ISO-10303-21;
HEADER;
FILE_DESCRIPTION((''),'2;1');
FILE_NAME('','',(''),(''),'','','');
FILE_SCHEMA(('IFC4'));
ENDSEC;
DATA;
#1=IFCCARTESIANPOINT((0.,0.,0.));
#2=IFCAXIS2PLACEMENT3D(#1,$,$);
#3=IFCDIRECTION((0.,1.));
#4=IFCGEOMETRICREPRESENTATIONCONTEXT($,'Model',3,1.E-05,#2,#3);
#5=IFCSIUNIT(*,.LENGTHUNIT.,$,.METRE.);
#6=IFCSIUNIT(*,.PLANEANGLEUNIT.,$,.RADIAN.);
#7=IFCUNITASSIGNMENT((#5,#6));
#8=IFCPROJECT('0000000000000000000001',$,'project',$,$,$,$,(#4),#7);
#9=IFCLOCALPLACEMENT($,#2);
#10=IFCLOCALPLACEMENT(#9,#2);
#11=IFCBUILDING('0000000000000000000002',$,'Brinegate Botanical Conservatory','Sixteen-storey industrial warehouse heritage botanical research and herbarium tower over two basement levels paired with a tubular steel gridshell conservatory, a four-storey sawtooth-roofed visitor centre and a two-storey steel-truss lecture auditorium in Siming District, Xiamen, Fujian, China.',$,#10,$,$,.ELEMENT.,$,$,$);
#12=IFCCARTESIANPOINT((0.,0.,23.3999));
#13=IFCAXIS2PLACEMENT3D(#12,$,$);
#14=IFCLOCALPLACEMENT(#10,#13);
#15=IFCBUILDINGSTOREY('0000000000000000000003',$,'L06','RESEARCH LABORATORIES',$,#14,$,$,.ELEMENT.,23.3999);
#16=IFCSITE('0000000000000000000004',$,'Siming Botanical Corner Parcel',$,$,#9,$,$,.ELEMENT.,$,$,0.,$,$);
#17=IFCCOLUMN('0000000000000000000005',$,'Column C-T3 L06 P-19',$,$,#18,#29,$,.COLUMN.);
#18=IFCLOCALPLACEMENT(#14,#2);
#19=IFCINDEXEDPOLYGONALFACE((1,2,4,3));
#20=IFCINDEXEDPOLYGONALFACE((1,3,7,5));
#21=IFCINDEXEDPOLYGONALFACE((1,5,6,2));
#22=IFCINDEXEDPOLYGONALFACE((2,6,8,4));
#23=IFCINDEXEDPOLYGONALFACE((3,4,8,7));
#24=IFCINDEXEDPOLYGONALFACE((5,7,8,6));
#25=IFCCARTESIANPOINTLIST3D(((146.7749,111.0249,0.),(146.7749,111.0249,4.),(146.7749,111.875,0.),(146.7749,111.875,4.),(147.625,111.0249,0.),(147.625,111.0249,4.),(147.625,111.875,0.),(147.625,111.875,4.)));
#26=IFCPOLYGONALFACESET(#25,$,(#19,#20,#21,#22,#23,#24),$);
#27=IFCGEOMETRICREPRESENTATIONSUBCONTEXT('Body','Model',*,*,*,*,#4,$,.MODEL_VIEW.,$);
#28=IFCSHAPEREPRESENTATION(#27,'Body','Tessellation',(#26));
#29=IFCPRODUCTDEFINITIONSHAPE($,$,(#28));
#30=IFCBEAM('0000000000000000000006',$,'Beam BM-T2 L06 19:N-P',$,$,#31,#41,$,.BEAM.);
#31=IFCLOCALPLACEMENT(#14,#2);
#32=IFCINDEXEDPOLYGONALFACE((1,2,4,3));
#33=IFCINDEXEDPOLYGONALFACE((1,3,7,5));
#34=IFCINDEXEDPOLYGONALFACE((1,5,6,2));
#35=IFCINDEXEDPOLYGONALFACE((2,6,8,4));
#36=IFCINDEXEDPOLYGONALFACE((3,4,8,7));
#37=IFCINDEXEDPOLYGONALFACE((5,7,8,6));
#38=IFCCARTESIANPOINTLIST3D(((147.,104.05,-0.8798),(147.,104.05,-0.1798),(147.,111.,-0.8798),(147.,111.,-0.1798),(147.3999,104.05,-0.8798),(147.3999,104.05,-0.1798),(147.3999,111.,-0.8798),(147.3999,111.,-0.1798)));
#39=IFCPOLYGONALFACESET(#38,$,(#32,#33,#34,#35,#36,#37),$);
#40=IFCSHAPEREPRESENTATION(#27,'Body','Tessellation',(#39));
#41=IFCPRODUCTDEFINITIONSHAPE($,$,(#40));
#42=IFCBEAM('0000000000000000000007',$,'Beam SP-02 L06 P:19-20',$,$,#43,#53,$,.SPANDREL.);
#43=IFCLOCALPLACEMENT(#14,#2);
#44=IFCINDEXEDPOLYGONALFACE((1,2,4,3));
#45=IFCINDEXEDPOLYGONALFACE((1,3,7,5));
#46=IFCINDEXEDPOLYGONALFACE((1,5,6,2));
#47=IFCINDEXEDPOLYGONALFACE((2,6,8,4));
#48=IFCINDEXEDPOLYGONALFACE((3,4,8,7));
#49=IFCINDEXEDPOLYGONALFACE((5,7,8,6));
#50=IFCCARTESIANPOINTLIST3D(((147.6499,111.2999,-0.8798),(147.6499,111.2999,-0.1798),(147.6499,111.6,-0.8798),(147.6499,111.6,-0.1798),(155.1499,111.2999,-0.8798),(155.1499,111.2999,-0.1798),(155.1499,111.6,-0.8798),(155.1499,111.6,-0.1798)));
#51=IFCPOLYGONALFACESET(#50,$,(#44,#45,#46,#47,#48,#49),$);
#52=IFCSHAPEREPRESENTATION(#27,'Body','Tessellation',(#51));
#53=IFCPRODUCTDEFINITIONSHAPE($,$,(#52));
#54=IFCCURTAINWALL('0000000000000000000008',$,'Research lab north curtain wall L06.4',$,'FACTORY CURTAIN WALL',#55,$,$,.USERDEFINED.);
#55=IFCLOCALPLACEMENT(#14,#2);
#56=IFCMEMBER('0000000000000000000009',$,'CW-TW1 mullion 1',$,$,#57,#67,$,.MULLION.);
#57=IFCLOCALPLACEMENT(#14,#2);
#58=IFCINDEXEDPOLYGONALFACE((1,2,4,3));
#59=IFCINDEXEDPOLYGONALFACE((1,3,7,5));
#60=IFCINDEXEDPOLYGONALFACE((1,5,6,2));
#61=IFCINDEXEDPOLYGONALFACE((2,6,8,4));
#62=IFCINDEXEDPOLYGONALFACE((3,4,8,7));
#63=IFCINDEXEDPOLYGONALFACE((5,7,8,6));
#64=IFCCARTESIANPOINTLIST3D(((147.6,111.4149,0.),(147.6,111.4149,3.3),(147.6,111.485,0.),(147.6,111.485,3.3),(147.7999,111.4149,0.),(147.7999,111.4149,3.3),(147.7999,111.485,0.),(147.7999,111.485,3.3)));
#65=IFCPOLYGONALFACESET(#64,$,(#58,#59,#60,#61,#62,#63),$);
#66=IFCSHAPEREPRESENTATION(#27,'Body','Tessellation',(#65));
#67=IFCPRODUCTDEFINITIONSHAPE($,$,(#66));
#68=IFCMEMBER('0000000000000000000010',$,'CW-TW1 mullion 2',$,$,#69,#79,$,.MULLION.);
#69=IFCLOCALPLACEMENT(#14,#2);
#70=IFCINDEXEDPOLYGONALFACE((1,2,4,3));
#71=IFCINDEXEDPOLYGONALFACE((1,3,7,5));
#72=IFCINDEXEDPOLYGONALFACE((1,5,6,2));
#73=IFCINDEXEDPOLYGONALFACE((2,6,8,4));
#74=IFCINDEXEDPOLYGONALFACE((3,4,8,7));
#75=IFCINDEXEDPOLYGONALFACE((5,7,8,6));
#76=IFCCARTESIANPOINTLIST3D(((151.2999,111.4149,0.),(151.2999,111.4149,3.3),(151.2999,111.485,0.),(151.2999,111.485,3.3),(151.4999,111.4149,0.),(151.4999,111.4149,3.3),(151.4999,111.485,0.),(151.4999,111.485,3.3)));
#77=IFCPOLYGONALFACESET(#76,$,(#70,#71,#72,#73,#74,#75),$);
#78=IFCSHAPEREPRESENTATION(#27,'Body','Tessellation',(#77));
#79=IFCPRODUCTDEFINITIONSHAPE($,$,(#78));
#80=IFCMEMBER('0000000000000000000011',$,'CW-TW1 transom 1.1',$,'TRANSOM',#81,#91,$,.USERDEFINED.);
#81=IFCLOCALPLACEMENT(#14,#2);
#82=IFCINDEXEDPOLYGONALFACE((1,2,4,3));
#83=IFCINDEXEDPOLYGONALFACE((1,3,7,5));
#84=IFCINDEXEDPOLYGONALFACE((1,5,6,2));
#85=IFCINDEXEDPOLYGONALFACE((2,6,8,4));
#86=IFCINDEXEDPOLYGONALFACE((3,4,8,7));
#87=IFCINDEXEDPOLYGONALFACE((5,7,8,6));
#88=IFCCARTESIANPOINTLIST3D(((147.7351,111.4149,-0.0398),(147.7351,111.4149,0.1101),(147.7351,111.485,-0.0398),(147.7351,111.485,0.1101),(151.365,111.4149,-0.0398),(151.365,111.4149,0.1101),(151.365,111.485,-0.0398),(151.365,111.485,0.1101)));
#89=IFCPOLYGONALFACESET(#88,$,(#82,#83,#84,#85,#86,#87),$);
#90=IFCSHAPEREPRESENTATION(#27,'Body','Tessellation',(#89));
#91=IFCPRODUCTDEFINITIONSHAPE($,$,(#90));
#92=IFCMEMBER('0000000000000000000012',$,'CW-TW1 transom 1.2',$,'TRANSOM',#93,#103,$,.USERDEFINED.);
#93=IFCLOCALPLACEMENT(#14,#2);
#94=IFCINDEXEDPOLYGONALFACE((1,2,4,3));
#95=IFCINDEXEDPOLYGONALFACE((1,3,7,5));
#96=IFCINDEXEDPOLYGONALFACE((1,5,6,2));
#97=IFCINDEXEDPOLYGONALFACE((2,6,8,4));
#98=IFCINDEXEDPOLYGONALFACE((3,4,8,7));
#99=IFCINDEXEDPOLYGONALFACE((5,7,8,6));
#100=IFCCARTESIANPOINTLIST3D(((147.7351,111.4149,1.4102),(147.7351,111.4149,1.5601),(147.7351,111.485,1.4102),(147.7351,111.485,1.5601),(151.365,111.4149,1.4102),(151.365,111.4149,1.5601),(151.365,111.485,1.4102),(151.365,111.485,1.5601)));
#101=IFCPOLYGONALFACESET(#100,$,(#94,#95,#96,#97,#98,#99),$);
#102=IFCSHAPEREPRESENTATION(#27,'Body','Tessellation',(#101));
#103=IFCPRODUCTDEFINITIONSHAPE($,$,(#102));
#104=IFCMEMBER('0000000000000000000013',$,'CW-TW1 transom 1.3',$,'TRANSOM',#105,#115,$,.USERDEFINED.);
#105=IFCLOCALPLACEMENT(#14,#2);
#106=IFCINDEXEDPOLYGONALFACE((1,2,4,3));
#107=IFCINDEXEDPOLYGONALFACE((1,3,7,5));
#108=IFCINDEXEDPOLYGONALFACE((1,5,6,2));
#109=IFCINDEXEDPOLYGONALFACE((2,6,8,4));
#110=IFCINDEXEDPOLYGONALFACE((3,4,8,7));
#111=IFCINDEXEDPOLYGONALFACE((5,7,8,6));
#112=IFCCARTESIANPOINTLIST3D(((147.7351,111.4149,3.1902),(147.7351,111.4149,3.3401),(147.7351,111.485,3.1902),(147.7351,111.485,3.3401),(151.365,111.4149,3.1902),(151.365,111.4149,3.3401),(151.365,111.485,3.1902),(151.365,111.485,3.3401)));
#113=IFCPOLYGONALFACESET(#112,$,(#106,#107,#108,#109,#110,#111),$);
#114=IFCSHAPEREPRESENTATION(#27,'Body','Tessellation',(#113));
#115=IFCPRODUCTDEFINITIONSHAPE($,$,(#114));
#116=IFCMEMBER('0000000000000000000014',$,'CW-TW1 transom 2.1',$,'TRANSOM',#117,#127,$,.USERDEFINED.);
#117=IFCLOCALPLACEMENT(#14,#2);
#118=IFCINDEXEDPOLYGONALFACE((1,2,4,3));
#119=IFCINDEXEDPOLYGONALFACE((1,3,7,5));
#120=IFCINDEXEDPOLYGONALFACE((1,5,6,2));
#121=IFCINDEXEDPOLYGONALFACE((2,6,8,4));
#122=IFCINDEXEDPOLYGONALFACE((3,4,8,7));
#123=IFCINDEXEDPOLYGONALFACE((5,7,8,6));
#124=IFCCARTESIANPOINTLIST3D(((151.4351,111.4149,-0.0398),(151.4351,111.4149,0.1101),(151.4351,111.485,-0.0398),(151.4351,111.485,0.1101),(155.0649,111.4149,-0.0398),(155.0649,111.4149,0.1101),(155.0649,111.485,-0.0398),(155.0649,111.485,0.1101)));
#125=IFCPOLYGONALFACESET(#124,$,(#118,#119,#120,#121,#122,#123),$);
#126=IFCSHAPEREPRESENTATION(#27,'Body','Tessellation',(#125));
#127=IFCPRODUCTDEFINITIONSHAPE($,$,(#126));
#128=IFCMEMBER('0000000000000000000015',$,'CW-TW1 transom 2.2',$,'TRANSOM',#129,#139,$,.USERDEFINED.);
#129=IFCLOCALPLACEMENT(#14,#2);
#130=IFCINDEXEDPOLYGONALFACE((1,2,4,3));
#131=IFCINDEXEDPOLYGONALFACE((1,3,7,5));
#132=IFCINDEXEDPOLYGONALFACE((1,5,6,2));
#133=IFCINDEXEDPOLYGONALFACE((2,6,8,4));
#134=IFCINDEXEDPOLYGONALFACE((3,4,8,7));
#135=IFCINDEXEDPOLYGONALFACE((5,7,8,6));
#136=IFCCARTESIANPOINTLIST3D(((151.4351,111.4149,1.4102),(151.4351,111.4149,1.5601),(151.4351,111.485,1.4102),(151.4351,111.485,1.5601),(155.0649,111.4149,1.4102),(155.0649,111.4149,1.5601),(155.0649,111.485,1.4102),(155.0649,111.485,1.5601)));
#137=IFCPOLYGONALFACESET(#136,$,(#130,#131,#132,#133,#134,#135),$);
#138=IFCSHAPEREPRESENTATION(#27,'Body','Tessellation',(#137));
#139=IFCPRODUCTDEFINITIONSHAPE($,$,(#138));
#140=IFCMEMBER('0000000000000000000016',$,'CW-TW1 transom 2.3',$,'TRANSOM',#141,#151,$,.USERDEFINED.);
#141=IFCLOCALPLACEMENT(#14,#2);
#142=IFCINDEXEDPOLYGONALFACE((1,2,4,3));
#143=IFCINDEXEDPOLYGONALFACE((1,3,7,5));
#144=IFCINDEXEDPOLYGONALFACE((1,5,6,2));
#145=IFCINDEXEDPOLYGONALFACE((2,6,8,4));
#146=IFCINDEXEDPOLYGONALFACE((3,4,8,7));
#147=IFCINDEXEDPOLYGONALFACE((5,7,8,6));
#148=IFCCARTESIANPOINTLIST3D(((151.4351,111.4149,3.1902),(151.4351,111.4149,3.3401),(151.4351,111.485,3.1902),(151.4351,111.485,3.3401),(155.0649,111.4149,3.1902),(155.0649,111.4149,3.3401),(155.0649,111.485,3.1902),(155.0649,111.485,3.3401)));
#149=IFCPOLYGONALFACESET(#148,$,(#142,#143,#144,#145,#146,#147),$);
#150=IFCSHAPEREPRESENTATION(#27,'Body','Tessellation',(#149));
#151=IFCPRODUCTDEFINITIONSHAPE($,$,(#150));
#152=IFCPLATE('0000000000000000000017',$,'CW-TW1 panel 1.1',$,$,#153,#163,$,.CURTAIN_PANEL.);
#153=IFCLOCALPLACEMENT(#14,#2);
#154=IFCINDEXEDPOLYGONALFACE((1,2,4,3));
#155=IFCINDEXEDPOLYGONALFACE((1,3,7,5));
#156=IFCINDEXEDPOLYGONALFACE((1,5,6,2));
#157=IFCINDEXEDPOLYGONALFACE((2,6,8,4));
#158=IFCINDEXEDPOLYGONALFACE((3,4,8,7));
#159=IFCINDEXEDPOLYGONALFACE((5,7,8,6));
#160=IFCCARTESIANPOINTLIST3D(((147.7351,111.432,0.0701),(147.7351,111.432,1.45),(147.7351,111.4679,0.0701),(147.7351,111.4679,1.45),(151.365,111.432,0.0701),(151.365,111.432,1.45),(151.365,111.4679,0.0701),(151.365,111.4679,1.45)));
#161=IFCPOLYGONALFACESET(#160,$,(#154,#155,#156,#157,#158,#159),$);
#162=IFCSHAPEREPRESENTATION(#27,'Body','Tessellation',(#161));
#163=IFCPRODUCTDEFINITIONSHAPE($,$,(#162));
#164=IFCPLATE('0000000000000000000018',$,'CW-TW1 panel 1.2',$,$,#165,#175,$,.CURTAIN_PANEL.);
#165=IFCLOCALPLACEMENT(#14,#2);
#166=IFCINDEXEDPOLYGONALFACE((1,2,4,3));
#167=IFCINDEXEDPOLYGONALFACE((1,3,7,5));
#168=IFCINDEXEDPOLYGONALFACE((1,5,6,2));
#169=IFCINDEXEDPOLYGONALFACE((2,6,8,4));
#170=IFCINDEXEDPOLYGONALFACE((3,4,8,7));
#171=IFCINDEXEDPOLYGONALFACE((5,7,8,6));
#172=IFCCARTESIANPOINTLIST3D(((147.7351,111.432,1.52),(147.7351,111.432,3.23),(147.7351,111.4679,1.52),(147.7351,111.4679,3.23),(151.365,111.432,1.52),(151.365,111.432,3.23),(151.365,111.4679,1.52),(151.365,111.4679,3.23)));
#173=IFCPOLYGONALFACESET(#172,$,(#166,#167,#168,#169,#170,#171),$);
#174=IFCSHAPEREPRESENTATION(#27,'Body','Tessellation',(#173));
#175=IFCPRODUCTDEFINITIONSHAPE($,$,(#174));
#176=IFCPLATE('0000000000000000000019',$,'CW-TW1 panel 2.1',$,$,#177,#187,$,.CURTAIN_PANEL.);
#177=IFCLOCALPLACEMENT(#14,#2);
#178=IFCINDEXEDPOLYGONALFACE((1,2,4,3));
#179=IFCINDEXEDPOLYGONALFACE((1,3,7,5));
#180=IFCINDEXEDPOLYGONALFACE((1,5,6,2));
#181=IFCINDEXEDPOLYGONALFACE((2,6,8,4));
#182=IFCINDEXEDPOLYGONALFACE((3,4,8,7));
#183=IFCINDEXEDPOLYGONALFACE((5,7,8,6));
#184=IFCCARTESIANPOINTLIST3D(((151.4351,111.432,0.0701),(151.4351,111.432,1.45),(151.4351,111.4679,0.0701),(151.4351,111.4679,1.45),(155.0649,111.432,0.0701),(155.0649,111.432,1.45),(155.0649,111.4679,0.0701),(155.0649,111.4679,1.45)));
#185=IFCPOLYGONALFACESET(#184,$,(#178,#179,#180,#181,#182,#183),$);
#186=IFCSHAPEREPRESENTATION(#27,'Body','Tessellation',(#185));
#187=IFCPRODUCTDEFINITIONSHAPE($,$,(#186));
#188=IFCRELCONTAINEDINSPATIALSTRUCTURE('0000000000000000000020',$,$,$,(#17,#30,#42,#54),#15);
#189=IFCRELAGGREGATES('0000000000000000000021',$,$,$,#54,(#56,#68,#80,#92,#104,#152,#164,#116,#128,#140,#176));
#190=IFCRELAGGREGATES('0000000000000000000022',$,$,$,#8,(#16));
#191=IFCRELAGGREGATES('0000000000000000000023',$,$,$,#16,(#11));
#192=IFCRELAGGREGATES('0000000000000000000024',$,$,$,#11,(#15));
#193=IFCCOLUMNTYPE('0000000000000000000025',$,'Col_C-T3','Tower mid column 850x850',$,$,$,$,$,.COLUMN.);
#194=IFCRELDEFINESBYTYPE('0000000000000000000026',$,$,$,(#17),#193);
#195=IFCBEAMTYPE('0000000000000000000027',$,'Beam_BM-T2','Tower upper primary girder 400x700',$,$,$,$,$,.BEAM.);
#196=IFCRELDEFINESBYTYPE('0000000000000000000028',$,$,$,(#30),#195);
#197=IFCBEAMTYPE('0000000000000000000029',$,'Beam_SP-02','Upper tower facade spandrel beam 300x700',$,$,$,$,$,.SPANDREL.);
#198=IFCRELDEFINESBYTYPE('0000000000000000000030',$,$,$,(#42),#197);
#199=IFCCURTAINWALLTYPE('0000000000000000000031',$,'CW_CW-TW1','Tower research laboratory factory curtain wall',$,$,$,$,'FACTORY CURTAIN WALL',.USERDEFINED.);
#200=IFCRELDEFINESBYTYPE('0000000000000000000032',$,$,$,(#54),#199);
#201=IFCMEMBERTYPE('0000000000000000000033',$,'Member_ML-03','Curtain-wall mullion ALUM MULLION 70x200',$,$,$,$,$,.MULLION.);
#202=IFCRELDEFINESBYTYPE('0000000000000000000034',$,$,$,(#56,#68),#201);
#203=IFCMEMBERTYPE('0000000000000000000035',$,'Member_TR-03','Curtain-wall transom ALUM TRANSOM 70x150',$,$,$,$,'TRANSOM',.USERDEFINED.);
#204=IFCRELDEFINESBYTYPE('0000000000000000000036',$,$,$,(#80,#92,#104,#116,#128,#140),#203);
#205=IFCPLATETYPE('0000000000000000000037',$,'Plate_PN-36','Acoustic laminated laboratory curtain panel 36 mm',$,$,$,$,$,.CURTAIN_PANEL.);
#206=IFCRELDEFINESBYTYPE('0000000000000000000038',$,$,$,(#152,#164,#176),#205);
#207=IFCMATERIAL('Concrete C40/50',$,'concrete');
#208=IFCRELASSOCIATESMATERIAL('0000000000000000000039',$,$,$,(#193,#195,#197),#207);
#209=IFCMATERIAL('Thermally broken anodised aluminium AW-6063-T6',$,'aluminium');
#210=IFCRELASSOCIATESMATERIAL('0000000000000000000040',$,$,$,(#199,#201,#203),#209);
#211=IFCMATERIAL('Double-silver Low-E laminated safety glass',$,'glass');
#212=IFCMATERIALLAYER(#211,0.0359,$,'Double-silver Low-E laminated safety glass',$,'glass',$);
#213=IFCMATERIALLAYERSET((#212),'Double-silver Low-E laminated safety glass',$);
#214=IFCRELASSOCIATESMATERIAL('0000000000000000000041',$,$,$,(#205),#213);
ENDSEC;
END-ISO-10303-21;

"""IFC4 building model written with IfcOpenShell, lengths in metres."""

from ifc_helpers import new_model, si_unit, direction, frame, origin, origin_2d, place, context, subcontext, project, spatial, rectangle, extrude, material, layer, layer_set, material_profile, profile_set, type_object, element, aggregate, save


model = new_model("IFC4")

# Units and contexts
model_context = context("Model", 3, precision=1e-05, world=origin(), true_north=direction((0.0, 1.0)))
body_context = subcontext(model_context, "Body", "Model", "MODEL_VIEW")
ifc_project = project(units=[si_unit("LENGTHUNIT", "METRE"), si_unit("PLANEANGLEUNIT", "RADIAN")], contexts=[model_context])

# Site, building, storey
site_placement = place(None, origin())
site = spatial("IfcSite", under=ifc_project, at=site_placement, Name="Siming Botanical Corner Parcel", CompositionType="ELEMENT", RefElevation=0.0)
building_placement = place(site_placement, origin())
building = spatial("IfcBuilding", under=site, at=building_placement, Name="Brinegate Botanical Conservatory", Description="Sixteen-storey industrial warehouse heritage botanical research and herbarium tower over two basement levels paired with a tubular steel gridshell conservatory, a four-storey sawtooth-roofed visitor centre and a two-storey steel-truss lecture auditorium in Siming District, Xiamen, Fujian, China.", CompositionType="ELEMENT")
storey_placement = place(building_placement, frame((0.0, 0.0, 23.3999)))
storey = spatial("IfcBuildingStorey", under=building, at=storey_placement, Name="L06", Description="RESEARCH LABORATORIES", CompositionType="ELEMENT", Elevation=23.3999)

# Column
ifc_material_1 = material(Name="Concrete C40/50", Category="concrete")
ifc_material_profile_1 = material_profile(ifc_material_1, rectangle(XDim=0.8501, YDim=0.8501, at=origin_2d()), Name="RC COL 850x850")
ifc_profile_set_1 = profile_set([ifc_material_profile_1], Name="Concrete C40/50")
column_type = type_object("IfcColumnType", Name="Col_C-T3", Description="Tower mid column 850x850", PredefinedType="COLUMN", material=ifc_profile_set_1)
column_placement = place(storey_placement, frame((147.2, 111.45, 0.0), z_axis=(0.0, 0.0, 1.0), x_axis=(1.0, 0.0, 0.0)))
element("IfcColumn", 1, at=column_placement, inside=storey, type_object=column_type, Name="Column C-T3 L06 P-19", PredefinedType="COLUMN", context=body_context, shape_type="SweptSolid", body=[
    extrude(rectangle(XDim=0.8501, YDim=0.8501, at=origin_2d()), origin(), (0.0, 0.0, 1.0), 4.0),
])

# Beams
ifc_material_profile_2 = material_profile(ifc_material_1, rectangle(XDim=0.3999, YDim=0.7, at=origin_2d()), Name="RC BM 400x700")
ifc_profile_set_2 = profile_set([ifc_material_profile_2], Name="Concrete C40/50")
beam_type_1 = type_object("IfcBeamType", Name="Beam_BM-T2", Description="Tower upper primary girder 400x700", PredefinedType="BEAM", material=ifc_profile_set_2)
beam_1_placement = place(storey_placement, frame((147.2, 104.05, -0.5298), z_axis=(0.0, 1.0, 0.0), x_axis=(-1.0, 0.0, 0.0)))
element("IfcBeam", 2, at=beam_1_placement, inside=storey, type_object=beam_type_1, Name="Beam BM-T2 L06 19:N-P", PredefinedType="BEAM", context=body_context, shape_type="SweptSolid", body=[
    extrude(rectangle(XDim=0.3999, YDim=0.7, at=origin_2d()), origin(), (0.0, 0.0, 1.0), 6.95),
])
ifc_material_profile_3 = material_profile(ifc_material_1, rectangle(XDim=0.3, YDim=0.7, at=origin_2d()), Name="RC SPN 300x700")
ifc_profile_set_3 = profile_set([ifc_material_profile_3], Name="Concrete C40/50")
beam_type_2 = type_object("IfcBeamType", Name="Beam_SP-02", Description="Upper tower facade spandrel beam 300x700", PredefinedType="SPANDREL", material=ifc_profile_set_3)
beam_2_placement = place(storey_placement, frame((147.6499, 111.45, -0.5298), z_axis=(1.0, 0.0, 0.0), x_axis=(0.0, 1.0, 0.0)))
element("IfcBeam", 3, at=beam_2_placement, inside=storey, type_object=beam_type_2, Name="Beam SP-02 L06 P:19-20", PredefinedType="SPANDREL", context=body_context, shape_type="SweptSolid", body=[
    extrude(rectangle(XDim=0.3, YDim=0.7, at=origin_2d()), origin(), (0.0, 0.0, 1.0), 7.5),
])

# Curtain wall, members, plates
ifc_material_2 = material(Name="Thermally broken anodised aluminium AW-6063-T6", Category="aluminium")
curtain_wall_type = type_object("IfcCurtainWallType", Name="CW_CW-TW1", Description="Tower research laboratory factory curtain wall", ElementType="FACTORY CURTAIN WALL", PredefinedType="USERDEFINED", material=ifc_material_2)
curtain_wall_placement = place(storey_placement, origin())
curtain_wall = element("IfcCurtainWall", 4, at=curtain_wall_placement, inside=storey, type_object=curtain_wall_type, Name="Research lab north curtain wall L06.4", ObjectType="FACTORY CURTAIN WALL", PredefinedType="USERDEFINED")
ifc_material_profile_4 = material_profile(ifc_material_2, rectangle(XDim=0.0701, YDim=0.2, at=origin_2d()), Name="ALUM MULLION 70x200")
ifc_profile_set_4 = profile_set([ifc_material_profile_4], Name="Thermally broken anodised aluminium AW-6063-T6")
member_type_1 = type_object("IfcMemberType", Name="Member_ML-03", Description="Curtain-wall mullion ALUM MULLION 70x200", PredefinedType="MULLION", material=ifc_profile_set_4)
member_1_placement = place(storey_placement, frame((147.7, 111.45, 0.0), z_axis=(0.0, 0.0, 1.0), x_axis=(0.0, 1.0, 0.0)))
member_1 = element("IfcMember", 5, at=member_1_placement, type_object=member_type_1, Name="CW-TW1 mullion 1", PredefinedType="MULLION", context=body_context, shape_type="SweptSolid", body=[
    extrude(rectangle(XDim=0.0701, YDim=0.2, at=origin_2d()), origin(), (0.0, 0.0, 1.0), 3.3),
])
member_2_placement = place(storey_placement, frame((151.3999, 111.45, 0.0), z_axis=(0.0, 0.0, 1.0), x_axis=(0.0, 1.0, 0.0)))
member_2 = element("IfcMember", 6, at=member_2_placement, type_object=member_type_1, Name="CW-TW1 mullion 2", PredefinedType="MULLION", context=body_context, shape_type="SweptSolid", body=[
    extrude(rectangle(XDim=0.0701, YDim=0.2, at=origin_2d()), origin(), (0.0, 0.0, 1.0), 3.3),
])
ifc_material_profile_5 = material_profile(ifc_material_2, rectangle(XDim=0.0701, YDim=0.1499, at=origin_2d()), Name="ALUM TRANSOM 70x150")
ifc_profile_set_5 = profile_set([ifc_material_profile_5], Name="Thermally broken anodised aluminium AW-6063-T6")
member_type_2 = type_object("IfcMemberType", Name="Member_TR-03", Description="Curtain-wall transom ALUM TRANSOM 70x150", ElementType="TRANSOM", PredefinedType="USERDEFINED", material=ifc_profile_set_5)
member_3_placement = place(storey_placement, frame((147.7351, 111.45, 0.0352), z_axis=(1.0, 0.0, 0.0), x_axis=(0.0, 1.0, 0.0)))
member_3 = element("IfcMember", 7, at=member_3_placement, type_object=member_type_2, Name="CW-TW1 transom 1.1", ObjectType="TRANSOM", PredefinedType="USERDEFINED", context=body_context, shape_type="SweptSolid", body=[
    extrude(rectangle(XDim=0.0701, YDim=0.1499, at=origin_2d()), origin(), (0.0, 0.0, 1.0), 3.6299),
])
member_4_placement = place(storey_placement, frame((147.7351, 111.45, 1.4851), z_axis=(1.0, 0.0, 0.0), x_axis=(0.0, 1.0, 0.0)))
member_4 = element("IfcMember", 8, at=member_4_placement, type_object=member_type_2, Name="CW-TW1 transom 1.2", ObjectType="TRANSOM", PredefinedType="USERDEFINED", context=body_context, shape_type="SweptSolid", body=[
    extrude(rectangle(XDim=0.0701, YDim=0.1499, at=origin_2d()), origin(), (0.0, 0.0, 1.0), 3.6299),
])
member_5_placement = place(storey_placement, frame((147.7351, 111.45, 3.2651), z_axis=(1.0, 0.0, 0.0), x_axis=(0.0, 1.0, 0.0)))
member_5 = element("IfcMember", 9, at=member_5_placement, type_object=member_type_2, Name="CW-TW1 transom 1.3", ObjectType="TRANSOM", PredefinedType="USERDEFINED", context=body_context, shape_type="SweptSolid", body=[
    extrude(rectangle(XDim=0.0701, YDim=0.1499, at=origin_2d()), origin(), (0.0, 0.0, 1.0), 3.6299),
])
member_6_placement = place(storey_placement, frame((151.4351, 111.45, 0.0352), z_axis=(1.0, 0.0, 0.0), x_axis=(0.0, 1.0, 0.0)))
member_6 = element("IfcMember", 10, at=member_6_placement, type_object=member_type_2, Name="CW-TW1 transom 2.1", ObjectType="TRANSOM", PredefinedType="USERDEFINED", context=body_context, shape_type="SweptSolid", body=[
    extrude(rectangle(XDim=0.0701, YDim=0.1499, at=origin_2d()), origin(), (0.0, 0.0, 1.0), 3.6299),
])
member_7_placement = place(storey_placement, frame((151.4351, 111.45, 1.4851), z_axis=(1.0, 0.0, 0.0), x_axis=(0.0, 1.0, 0.0)))
member_7 = element("IfcMember", 11, at=member_7_placement, type_object=member_type_2, Name="CW-TW1 transom 2.2", ObjectType="TRANSOM", PredefinedType="USERDEFINED", context=body_context, shape_type="SweptSolid", body=[
    extrude(rectangle(XDim=0.0701, YDim=0.1499, at=origin_2d()), origin(), (0.0, 0.0, 1.0), 3.6299),
])
member_8_placement = place(storey_placement, frame((151.4351, 111.45, 3.2651), z_axis=(1.0, 0.0, 0.0), x_axis=(0.0, 1.0, 0.0)))
member_8 = element("IfcMember", 12, at=member_8_placement, type_object=member_type_2, Name="CW-TW1 transom 2.3", ObjectType="TRANSOM", PredefinedType="USERDEFINED", context=body_context, shape_type="SweptSolid", body=[
    extrude(rectangle(XDim=0.0701, YDim=0.1499, at=origin_2d()), origin(), (0.0, 0.0, 1.0), 3.6299),
])
ifc_material_3 = material(Name="Double-silver Low-E laminated safety glass", Category="glass")
ifc_layer_1 = layer(ifc_material_3, 0.0359, Name="Double-silver Low-E laminated safety glass", Category="glass")
ifc_layer_set_1 = layer_set([ifc_layer_1], Name="Double-silver Low-E laminated safety glass")
plate_type = type_object("IfcPlateType", Name="Plate_PN-36", Description="Acoustic laminated laboratory curtain panel 36 mm", PredefinedType="CURTAIN_PANEL", material=ifc_layer_set_1)
plate_1_placement = place(storey_placement, frame((149.55, 111.45, 0.0701), z_axis=(0.0, 0.0, 1.0), x_axis=(1.0, 0.0, 0.0)))
plate_1 = element("IfcPlate", 13, at=plate_1_placement, type_object=plate_type, Name="CW-TW1 panel 1.1", PredefinedType="CURTAIN_PANEL", context=body_context, shape_type="SweptSolid", body=[
    extrude(rectangle(XDim=3.6299, YDim=0.0359, at=origin_2d()), origin(), (0.0, 0.0, 1.0), 1.3799),
])
plate_2_placement = place(storey_placement, frame((149.55, 111.45, 1.52), z_axis=(0.0, 0.0, 1.0), x_axis=(1.0, 0.0, 0.0)))
plate_2 = element("IfcPlate", 14, at=plate_2_placement, type_object=plate_type, Name="CW-TW1 panel 1.2", PredefinedType="CURTAIN_PANEL", context=body_context, shape_type="SweptSolid", body=[
    extrude(rectangle(XDim=3.6299, YDim=0.0359, at=origin_2d()), origin(), (0.0, 0.0, 1.0), 1.71),
])
plate_3_placement = place(storey_placement, frame((153.25, 111.45, 0.0701), z_axis=(0.0, 0.0, 1.0), x_axis=(1.0, 0.0, 0.0)))
plate_3 = element("IfcPlate", 15, at=plate_3_placement, type_object=plate_type, Name="CW-TW1 panel 2.1", PredefinedType="CURTAIN_PANEL", context=body_context, shape_type="SweptSolid", body=[
    extrude(rectangle(XDim=3.6299, YDim=0.0359, at=origin_2d()), origin(), (0.0, 0.0, 1.0), 1.3799),
])
aggregate(curtain_wall, [member_1, member_2, member_3, member_4, member_5, plate_1, plate_2, member_6, member_7, member_8, plate_3])

save(model, "model.ifc")
